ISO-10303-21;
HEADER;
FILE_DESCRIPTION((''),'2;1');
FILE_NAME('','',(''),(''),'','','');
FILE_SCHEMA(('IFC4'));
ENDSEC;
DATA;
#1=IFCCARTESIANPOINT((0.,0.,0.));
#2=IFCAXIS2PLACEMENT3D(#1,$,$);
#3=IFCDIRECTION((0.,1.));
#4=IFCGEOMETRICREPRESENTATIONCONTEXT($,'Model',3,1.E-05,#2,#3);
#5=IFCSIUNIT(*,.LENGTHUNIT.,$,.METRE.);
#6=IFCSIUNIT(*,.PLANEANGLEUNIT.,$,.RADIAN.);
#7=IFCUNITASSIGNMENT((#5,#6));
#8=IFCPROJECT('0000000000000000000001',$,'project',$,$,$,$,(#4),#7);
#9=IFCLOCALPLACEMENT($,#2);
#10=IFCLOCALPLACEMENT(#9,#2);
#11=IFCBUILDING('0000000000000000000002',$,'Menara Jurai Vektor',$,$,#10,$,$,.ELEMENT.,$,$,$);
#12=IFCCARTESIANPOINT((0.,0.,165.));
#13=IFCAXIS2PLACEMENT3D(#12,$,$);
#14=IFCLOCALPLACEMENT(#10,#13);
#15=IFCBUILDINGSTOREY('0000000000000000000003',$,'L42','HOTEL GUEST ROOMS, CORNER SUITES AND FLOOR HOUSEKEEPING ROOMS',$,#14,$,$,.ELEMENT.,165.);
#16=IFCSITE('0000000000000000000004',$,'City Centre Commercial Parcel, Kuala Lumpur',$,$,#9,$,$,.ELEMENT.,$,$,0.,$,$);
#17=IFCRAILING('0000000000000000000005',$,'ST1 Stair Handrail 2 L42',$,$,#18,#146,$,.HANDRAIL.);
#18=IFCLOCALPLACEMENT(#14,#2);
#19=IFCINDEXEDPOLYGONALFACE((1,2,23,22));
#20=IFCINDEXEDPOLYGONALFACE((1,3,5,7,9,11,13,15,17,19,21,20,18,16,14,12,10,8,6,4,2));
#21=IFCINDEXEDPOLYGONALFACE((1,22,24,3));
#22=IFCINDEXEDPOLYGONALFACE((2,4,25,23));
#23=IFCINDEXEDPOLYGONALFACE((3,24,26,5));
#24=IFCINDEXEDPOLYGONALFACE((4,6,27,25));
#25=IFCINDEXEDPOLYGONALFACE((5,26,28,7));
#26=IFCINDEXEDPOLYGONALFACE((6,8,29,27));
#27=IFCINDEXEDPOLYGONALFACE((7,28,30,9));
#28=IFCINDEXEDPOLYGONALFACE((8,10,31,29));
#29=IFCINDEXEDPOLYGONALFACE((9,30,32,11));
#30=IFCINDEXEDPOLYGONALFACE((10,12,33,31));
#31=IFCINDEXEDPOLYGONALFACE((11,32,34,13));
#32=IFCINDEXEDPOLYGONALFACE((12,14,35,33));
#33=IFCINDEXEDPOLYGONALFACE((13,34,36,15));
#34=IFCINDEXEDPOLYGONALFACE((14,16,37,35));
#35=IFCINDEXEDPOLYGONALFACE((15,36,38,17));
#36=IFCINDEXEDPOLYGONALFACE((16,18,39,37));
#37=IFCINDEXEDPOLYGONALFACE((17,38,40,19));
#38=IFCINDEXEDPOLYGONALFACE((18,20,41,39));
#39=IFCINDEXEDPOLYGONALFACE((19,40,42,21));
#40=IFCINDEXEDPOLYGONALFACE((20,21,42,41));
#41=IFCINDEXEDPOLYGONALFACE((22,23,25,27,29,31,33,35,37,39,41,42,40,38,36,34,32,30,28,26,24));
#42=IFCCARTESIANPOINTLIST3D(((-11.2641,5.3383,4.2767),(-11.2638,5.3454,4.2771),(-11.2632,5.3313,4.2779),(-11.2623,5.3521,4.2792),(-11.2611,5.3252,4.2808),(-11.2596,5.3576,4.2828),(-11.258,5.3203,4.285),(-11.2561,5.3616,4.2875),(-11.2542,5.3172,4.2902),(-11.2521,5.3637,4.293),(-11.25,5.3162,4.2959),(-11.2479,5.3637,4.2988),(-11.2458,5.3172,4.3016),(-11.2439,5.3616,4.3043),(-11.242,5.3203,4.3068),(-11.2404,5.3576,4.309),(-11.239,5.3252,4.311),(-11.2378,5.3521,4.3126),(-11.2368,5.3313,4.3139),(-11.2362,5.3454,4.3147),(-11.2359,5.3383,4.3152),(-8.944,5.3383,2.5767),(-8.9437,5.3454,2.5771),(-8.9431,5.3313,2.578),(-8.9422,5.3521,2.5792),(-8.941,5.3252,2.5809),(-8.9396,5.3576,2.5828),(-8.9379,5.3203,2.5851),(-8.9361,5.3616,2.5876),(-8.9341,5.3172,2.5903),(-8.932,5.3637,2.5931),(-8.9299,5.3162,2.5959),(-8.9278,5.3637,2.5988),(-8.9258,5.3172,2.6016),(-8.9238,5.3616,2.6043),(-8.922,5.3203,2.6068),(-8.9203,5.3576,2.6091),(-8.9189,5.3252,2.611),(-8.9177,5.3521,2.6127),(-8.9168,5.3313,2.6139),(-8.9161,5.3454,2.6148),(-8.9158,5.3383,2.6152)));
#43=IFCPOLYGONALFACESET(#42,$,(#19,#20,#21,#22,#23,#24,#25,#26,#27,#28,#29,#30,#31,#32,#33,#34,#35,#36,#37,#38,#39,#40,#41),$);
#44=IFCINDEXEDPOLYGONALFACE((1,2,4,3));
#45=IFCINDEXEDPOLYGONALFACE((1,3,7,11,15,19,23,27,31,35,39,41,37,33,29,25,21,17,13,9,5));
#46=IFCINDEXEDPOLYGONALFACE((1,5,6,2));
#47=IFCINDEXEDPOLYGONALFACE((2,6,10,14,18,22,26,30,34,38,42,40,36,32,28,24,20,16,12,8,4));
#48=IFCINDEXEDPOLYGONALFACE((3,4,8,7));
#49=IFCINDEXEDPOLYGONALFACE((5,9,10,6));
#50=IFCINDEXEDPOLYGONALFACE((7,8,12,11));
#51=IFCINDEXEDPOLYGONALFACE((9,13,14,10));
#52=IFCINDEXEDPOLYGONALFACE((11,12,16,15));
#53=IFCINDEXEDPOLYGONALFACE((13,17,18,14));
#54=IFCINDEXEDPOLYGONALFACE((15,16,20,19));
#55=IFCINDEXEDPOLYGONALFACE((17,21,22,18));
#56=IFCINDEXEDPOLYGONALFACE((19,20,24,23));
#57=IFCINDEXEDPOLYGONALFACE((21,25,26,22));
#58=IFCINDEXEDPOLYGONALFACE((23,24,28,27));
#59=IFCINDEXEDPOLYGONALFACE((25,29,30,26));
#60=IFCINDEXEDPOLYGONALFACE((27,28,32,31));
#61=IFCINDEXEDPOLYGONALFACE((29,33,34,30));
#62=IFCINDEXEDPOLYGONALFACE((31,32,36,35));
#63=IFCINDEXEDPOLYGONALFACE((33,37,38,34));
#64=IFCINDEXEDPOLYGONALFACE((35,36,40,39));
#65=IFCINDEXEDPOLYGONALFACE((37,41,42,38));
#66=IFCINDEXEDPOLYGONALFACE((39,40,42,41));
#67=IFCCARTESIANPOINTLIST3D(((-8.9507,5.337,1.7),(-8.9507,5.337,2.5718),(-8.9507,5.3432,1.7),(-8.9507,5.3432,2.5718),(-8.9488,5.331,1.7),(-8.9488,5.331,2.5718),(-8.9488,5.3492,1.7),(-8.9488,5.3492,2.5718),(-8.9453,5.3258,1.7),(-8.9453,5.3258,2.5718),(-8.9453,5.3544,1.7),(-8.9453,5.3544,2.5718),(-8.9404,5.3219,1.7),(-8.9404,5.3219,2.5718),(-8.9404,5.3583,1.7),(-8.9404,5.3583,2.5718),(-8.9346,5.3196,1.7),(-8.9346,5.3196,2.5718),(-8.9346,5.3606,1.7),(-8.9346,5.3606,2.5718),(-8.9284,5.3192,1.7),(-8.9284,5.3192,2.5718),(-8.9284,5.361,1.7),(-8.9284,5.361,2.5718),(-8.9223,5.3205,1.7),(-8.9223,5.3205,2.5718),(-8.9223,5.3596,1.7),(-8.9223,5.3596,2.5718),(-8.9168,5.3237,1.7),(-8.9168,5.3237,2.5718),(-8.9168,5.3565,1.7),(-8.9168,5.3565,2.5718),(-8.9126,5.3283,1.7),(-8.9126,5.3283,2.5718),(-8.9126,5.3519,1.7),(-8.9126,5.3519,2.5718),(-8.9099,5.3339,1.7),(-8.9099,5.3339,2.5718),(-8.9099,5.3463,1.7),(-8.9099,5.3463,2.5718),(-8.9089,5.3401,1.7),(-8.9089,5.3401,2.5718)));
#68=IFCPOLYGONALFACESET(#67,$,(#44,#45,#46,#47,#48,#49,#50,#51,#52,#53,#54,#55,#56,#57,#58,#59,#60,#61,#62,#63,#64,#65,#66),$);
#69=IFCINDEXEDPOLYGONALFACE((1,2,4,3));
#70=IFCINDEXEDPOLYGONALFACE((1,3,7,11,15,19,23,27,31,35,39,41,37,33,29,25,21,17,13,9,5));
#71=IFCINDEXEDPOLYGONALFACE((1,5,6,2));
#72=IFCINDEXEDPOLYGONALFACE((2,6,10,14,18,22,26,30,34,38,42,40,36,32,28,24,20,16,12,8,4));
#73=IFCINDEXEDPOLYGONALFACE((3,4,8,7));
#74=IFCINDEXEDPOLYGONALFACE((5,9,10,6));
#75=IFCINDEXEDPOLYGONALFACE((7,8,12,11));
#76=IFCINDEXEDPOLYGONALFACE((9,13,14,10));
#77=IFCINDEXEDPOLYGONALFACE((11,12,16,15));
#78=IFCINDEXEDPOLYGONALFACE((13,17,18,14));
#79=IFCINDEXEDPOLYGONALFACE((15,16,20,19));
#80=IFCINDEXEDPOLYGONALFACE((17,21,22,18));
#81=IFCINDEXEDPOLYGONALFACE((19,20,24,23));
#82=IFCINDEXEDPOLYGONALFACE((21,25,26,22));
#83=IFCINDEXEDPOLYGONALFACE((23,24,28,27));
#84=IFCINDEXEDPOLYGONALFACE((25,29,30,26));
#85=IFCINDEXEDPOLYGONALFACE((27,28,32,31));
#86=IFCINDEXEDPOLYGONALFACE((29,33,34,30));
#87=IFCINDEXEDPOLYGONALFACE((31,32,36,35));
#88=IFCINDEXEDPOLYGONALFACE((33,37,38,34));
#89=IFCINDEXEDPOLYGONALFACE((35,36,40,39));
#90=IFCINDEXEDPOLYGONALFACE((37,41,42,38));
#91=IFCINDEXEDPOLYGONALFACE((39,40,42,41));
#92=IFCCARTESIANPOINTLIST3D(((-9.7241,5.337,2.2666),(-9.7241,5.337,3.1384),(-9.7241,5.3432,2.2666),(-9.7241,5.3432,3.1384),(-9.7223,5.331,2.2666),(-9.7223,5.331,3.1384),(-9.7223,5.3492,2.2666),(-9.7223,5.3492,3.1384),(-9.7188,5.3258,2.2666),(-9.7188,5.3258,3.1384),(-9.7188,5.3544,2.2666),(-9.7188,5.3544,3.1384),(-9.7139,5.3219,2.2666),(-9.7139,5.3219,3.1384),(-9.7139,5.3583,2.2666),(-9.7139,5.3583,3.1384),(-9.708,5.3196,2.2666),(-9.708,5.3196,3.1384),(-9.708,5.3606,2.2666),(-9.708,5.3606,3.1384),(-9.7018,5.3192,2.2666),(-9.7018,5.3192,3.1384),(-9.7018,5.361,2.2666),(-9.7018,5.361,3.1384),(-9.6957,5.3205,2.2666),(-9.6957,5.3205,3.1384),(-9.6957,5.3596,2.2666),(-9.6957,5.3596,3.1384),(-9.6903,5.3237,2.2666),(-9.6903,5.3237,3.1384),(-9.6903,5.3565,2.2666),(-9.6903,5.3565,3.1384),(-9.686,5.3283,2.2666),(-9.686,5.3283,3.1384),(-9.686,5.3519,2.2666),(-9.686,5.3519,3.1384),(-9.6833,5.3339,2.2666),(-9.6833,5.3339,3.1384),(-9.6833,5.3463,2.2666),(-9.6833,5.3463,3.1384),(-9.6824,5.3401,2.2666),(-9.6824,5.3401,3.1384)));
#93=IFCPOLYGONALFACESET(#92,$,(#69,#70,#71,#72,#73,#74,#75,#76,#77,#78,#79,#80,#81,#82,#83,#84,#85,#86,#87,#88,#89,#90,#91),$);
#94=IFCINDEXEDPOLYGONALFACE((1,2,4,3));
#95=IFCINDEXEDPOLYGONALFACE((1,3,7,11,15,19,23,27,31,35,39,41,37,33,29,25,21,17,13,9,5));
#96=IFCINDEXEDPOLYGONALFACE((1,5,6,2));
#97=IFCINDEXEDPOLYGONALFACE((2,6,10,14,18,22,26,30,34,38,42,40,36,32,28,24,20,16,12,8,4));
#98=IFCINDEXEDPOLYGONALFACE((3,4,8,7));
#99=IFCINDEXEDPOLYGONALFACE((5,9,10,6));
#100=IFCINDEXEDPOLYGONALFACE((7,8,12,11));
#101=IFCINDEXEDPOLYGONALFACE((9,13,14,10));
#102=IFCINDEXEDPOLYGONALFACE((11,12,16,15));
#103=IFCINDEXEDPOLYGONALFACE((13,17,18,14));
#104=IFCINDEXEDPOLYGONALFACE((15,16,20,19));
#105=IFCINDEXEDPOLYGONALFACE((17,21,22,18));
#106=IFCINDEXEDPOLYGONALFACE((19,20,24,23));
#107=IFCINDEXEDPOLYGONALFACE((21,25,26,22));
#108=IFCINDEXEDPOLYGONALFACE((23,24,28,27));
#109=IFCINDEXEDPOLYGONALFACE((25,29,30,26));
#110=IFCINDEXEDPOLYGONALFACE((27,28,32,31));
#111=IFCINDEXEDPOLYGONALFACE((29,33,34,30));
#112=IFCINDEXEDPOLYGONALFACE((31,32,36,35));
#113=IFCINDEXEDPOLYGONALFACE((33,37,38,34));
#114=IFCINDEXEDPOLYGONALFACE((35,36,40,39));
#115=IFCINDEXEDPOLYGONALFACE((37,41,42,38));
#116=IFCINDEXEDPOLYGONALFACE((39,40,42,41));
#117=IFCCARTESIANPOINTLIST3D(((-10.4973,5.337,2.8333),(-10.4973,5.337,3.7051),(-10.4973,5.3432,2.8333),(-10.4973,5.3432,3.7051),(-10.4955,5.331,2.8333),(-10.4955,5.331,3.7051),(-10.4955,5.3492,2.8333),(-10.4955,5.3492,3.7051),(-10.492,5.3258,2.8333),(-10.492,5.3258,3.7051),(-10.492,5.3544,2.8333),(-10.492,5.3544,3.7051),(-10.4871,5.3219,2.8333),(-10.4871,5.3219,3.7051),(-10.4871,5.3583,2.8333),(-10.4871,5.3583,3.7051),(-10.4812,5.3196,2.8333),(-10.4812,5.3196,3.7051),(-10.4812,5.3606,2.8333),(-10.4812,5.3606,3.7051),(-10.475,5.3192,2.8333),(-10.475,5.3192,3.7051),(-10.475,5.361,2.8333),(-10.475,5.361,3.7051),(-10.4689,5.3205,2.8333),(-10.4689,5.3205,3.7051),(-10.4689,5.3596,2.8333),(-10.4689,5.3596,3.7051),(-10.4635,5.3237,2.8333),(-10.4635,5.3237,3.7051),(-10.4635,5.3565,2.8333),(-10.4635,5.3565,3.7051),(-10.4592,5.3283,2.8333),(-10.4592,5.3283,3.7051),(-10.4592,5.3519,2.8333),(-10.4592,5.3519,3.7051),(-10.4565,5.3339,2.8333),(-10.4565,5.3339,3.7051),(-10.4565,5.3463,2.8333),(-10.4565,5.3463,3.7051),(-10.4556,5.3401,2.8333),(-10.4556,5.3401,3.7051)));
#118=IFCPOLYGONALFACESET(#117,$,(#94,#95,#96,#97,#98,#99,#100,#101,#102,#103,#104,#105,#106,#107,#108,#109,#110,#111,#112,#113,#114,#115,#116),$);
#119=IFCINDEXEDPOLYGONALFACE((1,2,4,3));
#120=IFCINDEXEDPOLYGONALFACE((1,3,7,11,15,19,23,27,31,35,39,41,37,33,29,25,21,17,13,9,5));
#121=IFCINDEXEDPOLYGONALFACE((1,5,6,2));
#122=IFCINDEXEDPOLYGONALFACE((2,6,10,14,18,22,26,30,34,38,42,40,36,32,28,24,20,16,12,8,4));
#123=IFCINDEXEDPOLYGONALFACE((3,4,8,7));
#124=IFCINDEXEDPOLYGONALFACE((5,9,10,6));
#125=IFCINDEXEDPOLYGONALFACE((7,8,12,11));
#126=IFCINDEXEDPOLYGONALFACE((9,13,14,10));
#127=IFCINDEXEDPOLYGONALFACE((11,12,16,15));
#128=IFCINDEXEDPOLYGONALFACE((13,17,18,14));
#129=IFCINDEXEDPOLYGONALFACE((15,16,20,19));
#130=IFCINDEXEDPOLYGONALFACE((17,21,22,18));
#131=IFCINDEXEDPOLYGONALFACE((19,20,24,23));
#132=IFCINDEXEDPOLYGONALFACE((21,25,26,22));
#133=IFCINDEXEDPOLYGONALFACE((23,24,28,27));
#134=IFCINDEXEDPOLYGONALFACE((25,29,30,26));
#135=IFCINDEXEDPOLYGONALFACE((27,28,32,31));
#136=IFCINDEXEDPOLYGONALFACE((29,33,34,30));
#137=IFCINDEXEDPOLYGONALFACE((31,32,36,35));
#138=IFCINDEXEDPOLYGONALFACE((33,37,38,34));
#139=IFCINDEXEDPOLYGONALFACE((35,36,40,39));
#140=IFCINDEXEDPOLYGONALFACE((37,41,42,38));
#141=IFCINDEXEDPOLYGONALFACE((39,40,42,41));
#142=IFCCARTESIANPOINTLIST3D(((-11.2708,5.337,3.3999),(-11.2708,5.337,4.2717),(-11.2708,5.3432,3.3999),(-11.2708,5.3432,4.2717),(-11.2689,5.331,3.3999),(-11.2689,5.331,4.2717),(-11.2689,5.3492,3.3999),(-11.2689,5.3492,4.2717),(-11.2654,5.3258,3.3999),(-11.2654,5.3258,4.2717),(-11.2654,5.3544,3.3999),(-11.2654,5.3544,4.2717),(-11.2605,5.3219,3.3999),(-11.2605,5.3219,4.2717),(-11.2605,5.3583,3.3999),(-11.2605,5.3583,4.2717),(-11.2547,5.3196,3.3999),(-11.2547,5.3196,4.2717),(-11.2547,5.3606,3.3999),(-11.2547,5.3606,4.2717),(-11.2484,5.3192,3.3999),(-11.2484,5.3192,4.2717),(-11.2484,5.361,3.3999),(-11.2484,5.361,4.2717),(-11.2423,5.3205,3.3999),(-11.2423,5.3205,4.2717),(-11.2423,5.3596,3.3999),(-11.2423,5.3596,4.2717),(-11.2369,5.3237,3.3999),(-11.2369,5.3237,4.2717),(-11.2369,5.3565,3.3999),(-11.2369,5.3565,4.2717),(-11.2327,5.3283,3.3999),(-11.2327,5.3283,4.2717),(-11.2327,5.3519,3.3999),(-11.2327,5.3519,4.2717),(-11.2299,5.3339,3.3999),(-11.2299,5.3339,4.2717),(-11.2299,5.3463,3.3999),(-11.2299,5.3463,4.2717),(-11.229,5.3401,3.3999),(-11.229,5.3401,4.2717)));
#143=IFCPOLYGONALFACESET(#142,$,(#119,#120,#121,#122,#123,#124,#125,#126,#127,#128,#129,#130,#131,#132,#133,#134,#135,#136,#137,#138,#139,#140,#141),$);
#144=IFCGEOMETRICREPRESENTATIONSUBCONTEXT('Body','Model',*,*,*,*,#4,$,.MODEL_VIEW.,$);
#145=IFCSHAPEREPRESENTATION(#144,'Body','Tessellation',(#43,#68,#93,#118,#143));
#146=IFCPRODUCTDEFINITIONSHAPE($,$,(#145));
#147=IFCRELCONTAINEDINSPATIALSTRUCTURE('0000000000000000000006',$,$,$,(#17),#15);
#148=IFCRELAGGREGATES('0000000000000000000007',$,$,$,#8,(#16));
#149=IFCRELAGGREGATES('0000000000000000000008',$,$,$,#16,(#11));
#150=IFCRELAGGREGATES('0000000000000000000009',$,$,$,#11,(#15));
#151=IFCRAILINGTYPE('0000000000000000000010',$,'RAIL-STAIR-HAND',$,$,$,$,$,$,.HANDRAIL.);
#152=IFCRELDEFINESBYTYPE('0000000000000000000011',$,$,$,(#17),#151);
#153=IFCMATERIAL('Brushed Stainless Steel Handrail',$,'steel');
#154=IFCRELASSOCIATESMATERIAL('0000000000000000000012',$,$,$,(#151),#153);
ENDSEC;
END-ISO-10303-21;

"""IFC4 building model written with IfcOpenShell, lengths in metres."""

from ifc_helpers import new_model, si_unit, direction, frame, origin, origin_2d, place, context, subcontext, project, spatial, circle, extrude, material, type_object, element, save


model = new_model("IFC4")

# Units and contexts
model_context = context("Model", 3, precision=1e-05, world=origin(), true_north=direction((0.0, 1.0)))
body_context = subcontext(model_context, "Body", "Model", "MODEL_VIEW")
ifc_project = project(units=[si_unit("LENGTHUNIT", "METRE"), si_unit("PLANEANGLEUNIT", "RADIAN")], contexts=[model_context])

# Site, building, storey
site_placement = place(None, origin())
site = spatial("IfcSite", under=ifc_project, at=site_placement, Name="City Centre Commercial Parcel, Kuala Lumpur", CompositionType="ELEMENT", RefElevation=0.0)
building_placement = place(site_placement, origin())
building = spatial("IfcBuilding", under=site, at=building_placement, Name="Menara Jurai Vektor", CompositionType="ELEMENT")
storey_placement = place(building_placement, frame((0.0, 0.0, 165.0)))
storey = spatial("IfcBuildingStorey", under=building, at=storey_placement, Name="L42", Description="HOTEL GUEST ROOMS, CORNER SUITES AND FLOOR HOUSEKEEPING ROOMS", CompositionType="ELEMENT", Elevation=165.0)

# Railing
ifc_material_1 = material(Name="Brushed Stainless Steel Handrail", Category="steel")
railing_type_1 = type_object("IfcRailingType", Name="RAIL-STAIR-HAND", PredefinedType="HANDRAIL", material=ifc_material_1)
railing_1_placement = place(storey_placement, frame((-8.9299, 5.3401, 1.7)))
element("IfcRailing", 1, at=railing_1_placement, inside=storey, type_object=railing_type_1, Name="ST1 Stair Handrail 2 L42", PredefinedType="HANDRAIL", context=body_context, shape_type="SweptSolid", body=[
    extrude(circle(Radius=0.0239, at=origin_2d()), frame((0.0, 0.0, 0.896), z_axis=(-0.806642, 0.0, 0.59104), x_axis=(0.0, -1.0, 0.0)), (0.0, 0.0, 1.0), 2.8762),
    extrude(circle(Radius=0.021, at=origin_2d()), origin(), (0.0, 0.0, 1.0), 0.8718),
    extrude(circle(Radius=0.021, at=origin_2d()), frame((-0.7734, 0.0, 0.5667)), (0.0, 0.0, 1.0), 0.8718),
    extrude(circle(Radius=0.021, at=origin_2d()), frame((-1.5466, 0.0, 1.1333)), (0.0, 0.0, 1.0), 0.8718),
    extrude(circle(Radius=0.021, at=origin_2d()), frame((-2.3201, 0.0, 1.7)), (0.0, 0.0, 1.0), 0.8718),
])

save(model, "model.ifc")
